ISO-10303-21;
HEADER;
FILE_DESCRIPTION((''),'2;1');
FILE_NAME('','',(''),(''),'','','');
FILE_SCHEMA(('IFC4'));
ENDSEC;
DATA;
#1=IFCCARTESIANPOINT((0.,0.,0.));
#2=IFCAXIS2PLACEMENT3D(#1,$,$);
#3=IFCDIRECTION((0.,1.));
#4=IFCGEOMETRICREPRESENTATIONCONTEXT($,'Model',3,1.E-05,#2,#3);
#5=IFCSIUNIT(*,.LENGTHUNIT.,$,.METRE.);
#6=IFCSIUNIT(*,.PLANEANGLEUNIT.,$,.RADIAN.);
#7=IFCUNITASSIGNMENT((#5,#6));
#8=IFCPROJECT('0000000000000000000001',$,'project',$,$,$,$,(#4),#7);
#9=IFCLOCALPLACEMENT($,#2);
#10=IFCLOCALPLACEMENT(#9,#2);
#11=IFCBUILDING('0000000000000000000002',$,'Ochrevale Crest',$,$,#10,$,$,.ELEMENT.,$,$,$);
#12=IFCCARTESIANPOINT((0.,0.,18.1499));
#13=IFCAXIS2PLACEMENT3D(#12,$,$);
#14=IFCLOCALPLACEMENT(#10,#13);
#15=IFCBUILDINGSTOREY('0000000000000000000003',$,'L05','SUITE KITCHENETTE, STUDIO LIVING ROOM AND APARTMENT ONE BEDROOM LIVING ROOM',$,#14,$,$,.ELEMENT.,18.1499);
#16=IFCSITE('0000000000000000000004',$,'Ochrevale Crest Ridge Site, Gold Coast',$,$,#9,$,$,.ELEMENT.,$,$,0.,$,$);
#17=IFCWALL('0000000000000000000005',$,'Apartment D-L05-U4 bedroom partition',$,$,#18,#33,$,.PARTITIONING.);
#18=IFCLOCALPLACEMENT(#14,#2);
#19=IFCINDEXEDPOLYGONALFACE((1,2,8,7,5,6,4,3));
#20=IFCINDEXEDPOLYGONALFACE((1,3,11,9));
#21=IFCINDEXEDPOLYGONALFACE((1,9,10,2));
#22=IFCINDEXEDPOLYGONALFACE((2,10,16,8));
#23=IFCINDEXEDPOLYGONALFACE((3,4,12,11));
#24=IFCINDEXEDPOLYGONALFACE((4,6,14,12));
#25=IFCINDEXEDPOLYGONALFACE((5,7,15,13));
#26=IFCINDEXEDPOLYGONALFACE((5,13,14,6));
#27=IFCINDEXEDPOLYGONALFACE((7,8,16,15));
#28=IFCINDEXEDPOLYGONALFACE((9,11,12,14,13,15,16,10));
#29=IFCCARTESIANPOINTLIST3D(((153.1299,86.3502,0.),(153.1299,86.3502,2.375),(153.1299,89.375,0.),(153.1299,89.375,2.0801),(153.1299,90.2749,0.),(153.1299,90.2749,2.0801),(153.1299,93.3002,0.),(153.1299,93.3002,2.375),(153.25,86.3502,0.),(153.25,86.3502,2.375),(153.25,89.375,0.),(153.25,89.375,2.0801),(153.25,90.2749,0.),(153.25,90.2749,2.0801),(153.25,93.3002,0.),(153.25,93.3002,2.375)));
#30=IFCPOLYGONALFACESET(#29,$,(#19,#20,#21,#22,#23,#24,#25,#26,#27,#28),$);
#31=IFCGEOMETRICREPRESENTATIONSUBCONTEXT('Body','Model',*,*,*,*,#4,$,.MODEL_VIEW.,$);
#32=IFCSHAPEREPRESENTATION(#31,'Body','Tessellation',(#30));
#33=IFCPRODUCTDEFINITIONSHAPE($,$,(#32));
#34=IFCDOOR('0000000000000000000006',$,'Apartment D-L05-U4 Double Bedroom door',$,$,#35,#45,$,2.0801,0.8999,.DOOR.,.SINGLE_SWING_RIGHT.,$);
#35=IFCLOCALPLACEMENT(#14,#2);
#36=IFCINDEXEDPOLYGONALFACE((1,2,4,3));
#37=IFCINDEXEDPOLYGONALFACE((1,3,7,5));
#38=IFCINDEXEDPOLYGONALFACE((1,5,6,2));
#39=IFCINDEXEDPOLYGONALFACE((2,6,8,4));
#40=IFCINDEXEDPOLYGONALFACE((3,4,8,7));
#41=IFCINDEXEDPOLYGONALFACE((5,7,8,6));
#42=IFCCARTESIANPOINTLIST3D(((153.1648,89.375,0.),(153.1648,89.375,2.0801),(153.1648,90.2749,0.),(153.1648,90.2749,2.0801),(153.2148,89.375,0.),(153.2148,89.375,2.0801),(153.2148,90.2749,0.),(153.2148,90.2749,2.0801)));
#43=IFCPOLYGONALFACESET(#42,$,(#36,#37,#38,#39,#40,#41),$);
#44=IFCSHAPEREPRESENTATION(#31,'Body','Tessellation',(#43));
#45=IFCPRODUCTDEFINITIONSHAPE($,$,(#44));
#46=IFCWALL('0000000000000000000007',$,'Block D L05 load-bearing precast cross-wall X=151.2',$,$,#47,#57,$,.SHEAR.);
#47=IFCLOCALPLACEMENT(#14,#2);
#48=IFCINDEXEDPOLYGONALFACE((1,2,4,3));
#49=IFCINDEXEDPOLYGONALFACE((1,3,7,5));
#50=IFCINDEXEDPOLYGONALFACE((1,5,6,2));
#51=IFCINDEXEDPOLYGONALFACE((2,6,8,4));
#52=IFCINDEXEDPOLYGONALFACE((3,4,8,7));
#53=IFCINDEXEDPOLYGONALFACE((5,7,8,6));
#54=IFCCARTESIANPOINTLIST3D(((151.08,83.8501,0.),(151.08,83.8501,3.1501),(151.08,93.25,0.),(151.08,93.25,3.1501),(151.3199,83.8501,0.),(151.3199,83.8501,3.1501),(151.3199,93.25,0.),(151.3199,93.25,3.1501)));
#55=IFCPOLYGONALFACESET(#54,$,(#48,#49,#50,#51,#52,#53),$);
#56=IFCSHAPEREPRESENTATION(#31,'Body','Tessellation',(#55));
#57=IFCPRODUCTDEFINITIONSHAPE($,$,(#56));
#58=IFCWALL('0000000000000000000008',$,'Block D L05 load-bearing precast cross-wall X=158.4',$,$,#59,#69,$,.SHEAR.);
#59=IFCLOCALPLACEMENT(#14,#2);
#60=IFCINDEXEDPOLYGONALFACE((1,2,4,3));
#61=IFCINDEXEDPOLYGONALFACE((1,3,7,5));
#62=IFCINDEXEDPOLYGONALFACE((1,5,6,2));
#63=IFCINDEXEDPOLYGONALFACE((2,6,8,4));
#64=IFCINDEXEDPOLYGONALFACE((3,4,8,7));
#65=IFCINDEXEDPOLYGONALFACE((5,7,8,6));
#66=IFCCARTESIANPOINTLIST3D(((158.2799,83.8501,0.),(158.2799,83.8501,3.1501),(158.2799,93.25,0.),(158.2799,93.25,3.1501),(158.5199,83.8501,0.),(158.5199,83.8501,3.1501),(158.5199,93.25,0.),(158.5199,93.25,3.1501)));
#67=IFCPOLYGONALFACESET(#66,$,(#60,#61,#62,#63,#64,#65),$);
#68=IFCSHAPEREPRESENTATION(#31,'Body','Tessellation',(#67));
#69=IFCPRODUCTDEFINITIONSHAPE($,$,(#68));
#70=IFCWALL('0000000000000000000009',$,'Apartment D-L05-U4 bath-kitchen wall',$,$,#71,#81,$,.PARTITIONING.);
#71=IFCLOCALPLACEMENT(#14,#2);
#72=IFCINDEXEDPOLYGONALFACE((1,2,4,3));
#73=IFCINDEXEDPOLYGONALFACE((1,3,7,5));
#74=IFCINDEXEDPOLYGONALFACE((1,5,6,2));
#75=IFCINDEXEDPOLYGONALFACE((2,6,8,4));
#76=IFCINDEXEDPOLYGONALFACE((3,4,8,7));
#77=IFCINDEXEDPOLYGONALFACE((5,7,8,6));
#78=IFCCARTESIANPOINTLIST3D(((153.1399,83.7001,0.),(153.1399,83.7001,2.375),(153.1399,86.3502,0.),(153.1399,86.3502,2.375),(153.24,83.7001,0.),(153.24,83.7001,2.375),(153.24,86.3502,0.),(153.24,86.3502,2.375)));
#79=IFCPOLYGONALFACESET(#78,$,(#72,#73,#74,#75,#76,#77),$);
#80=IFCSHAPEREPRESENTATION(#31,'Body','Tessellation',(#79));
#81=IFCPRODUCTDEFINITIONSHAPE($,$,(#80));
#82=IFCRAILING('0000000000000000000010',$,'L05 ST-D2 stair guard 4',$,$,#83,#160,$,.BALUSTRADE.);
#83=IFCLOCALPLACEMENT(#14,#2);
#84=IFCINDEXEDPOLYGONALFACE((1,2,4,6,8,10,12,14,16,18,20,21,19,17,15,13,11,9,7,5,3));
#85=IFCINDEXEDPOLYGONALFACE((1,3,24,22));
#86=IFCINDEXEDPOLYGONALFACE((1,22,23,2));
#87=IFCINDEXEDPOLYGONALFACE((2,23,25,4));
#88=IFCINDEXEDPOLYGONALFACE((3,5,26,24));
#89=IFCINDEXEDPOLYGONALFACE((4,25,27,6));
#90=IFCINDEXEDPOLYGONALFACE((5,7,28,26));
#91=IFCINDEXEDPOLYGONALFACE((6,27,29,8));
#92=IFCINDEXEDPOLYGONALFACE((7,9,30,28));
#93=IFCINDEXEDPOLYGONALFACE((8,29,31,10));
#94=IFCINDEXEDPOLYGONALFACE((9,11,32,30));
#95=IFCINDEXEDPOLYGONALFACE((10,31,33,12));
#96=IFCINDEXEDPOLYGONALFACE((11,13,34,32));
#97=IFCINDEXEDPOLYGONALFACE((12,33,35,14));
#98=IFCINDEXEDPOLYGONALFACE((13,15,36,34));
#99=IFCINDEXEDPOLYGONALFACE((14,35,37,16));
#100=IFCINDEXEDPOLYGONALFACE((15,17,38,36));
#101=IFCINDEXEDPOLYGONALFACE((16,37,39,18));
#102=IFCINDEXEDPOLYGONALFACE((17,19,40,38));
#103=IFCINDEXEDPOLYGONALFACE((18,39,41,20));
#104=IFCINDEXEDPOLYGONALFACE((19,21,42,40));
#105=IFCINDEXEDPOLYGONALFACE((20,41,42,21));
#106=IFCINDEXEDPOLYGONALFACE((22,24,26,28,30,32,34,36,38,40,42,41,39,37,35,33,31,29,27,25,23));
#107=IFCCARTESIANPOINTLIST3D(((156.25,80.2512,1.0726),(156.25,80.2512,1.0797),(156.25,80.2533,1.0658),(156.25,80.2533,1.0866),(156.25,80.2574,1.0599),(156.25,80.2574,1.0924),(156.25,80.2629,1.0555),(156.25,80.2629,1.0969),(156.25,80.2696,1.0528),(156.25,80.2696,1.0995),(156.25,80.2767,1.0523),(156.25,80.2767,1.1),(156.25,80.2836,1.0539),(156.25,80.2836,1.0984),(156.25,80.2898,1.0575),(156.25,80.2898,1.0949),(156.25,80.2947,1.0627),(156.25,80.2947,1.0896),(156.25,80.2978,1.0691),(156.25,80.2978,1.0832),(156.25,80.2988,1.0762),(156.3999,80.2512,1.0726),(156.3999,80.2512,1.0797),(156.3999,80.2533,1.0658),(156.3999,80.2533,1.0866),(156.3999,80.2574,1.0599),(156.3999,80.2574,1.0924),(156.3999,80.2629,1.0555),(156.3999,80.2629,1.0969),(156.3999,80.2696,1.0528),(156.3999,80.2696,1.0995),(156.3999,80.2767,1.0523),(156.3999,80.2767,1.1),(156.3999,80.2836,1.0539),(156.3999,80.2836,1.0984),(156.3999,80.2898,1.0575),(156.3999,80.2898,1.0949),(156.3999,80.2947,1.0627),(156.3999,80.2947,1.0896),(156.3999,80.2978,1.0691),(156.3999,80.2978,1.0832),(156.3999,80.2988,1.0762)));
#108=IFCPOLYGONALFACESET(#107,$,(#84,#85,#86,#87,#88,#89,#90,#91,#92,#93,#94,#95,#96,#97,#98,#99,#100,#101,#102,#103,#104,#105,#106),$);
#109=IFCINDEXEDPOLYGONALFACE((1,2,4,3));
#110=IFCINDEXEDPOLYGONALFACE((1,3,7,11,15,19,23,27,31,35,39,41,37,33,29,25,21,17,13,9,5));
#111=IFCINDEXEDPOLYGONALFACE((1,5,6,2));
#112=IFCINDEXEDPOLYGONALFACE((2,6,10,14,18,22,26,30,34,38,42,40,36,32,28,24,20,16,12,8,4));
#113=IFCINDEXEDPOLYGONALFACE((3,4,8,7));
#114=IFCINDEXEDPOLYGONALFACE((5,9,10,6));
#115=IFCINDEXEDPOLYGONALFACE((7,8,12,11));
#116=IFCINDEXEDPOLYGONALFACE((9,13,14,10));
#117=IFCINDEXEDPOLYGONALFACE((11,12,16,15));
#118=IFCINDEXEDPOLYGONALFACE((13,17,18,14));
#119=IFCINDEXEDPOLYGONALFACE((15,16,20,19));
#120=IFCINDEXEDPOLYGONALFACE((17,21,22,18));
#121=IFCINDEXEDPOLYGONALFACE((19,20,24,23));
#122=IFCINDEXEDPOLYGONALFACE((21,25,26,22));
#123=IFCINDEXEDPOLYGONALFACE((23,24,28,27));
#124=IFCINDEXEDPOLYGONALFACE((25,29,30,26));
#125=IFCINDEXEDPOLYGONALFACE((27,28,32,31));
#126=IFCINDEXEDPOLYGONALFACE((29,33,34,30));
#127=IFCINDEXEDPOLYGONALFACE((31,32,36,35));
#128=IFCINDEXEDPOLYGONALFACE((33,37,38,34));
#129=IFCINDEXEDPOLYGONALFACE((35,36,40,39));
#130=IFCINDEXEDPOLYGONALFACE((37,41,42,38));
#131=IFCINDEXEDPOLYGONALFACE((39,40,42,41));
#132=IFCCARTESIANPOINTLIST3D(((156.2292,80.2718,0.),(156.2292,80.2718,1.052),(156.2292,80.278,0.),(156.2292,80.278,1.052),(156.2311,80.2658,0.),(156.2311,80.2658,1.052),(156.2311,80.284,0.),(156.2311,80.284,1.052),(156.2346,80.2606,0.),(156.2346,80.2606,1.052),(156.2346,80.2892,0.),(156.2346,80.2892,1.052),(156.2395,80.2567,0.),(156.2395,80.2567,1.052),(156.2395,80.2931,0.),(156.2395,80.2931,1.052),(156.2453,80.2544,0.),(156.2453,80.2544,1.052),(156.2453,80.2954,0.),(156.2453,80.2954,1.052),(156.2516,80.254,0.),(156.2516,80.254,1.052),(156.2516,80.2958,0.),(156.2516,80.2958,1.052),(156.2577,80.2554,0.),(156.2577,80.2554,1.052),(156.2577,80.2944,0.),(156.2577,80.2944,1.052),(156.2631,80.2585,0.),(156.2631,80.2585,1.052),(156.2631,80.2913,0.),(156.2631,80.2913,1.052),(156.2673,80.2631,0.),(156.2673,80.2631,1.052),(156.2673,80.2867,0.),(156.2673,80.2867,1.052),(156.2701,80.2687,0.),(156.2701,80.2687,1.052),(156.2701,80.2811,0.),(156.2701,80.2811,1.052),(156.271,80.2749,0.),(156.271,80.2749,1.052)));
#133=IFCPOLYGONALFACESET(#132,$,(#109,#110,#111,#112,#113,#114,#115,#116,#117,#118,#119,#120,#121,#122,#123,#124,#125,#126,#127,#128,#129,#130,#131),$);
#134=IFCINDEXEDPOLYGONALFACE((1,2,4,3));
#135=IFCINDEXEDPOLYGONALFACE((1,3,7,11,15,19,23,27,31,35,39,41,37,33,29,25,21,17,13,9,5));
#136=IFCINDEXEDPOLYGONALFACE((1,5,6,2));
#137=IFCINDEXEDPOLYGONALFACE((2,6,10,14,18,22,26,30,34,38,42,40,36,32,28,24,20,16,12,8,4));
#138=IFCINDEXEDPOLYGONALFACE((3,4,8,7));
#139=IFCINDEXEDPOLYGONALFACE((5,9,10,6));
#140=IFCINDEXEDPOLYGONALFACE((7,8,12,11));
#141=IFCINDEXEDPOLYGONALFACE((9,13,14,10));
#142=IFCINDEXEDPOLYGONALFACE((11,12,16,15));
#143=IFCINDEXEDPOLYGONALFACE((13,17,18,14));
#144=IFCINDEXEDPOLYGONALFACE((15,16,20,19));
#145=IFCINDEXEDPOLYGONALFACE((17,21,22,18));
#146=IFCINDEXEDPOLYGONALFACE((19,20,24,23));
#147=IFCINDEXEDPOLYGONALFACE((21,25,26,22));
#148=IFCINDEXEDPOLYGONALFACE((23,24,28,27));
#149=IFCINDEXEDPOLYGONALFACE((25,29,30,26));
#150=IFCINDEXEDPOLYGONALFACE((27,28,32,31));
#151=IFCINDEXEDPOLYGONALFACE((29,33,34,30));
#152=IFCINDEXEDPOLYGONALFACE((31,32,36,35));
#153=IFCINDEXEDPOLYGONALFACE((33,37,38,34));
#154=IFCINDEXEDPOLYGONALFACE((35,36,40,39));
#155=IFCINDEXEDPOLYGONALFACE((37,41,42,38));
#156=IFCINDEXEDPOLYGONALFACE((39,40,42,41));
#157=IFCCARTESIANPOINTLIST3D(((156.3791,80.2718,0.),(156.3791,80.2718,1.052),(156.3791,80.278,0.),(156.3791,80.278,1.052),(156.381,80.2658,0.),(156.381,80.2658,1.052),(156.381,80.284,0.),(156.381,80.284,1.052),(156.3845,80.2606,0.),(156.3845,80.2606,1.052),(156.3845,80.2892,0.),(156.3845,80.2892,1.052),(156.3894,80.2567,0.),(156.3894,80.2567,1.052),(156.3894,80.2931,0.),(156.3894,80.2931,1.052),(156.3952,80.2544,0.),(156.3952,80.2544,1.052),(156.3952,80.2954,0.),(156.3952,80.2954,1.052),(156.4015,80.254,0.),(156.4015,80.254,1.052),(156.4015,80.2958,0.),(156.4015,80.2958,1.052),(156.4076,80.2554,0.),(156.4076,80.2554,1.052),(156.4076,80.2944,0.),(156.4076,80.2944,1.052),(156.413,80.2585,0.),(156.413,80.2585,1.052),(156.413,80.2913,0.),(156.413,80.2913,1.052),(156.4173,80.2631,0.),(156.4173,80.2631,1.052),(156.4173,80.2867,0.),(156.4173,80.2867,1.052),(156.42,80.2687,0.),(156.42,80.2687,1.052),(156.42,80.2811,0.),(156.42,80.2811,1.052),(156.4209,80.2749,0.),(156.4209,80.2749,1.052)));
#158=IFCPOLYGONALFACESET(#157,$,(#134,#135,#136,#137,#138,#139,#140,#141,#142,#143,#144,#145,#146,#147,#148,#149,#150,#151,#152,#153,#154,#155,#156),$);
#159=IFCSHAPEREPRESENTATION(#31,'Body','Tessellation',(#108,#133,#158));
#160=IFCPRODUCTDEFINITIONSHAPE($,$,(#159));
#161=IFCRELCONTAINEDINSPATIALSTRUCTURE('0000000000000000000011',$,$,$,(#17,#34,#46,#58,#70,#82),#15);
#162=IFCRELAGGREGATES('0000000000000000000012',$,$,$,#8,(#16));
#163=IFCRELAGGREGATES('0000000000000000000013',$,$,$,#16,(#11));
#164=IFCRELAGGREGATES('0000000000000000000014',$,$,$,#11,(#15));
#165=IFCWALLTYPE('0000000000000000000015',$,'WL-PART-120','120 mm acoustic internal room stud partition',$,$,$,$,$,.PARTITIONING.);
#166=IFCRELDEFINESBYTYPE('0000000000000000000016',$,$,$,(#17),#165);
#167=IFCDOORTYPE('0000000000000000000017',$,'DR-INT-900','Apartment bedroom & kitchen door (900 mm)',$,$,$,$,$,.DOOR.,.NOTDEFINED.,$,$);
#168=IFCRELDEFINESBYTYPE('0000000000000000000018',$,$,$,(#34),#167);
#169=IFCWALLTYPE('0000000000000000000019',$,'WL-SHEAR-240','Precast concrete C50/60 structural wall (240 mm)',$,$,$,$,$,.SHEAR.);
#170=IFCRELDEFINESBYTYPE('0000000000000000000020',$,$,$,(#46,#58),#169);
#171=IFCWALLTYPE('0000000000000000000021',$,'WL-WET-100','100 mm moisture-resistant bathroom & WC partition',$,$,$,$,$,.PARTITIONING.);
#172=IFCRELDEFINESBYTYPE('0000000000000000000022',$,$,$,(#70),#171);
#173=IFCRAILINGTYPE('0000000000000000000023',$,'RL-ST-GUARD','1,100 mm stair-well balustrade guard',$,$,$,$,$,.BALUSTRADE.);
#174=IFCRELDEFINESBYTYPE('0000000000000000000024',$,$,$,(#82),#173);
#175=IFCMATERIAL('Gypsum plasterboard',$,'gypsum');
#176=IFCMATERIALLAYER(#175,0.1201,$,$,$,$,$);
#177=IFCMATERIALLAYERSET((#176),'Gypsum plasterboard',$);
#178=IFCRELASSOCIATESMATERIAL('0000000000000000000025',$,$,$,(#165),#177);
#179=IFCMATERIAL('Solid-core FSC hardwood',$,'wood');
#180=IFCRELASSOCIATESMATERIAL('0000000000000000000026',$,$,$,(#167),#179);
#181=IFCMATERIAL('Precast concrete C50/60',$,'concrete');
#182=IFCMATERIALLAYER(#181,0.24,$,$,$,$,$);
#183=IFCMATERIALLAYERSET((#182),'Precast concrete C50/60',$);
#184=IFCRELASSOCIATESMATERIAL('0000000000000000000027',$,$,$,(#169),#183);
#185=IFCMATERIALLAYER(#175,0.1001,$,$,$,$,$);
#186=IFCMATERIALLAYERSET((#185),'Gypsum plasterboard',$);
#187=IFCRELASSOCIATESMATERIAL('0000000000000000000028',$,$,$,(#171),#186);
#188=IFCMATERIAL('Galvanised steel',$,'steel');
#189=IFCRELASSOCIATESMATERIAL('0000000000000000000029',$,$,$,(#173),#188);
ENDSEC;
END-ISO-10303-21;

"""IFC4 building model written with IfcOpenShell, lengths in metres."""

from ifc_helpers import new_model, si_unit, direction, frame, frame_2d, origin, origin_2d, place, context, subcontext, project, spatial, rectangle, circle, extrude, material, layer, layer_set, type_object, element, fill, save


model = new_model("IFC4")

# Units and contexts
model_context = context("Model", 3, precision=1e-05, world=origin(), true_north=direction((0.0, 1.0)))
body_context = subcontext(model_context, "Body", "Model", "MODEL_VIEW")
ifc_project = project(units=[si_unit("LENGTHUNIT", "METRE"), si_unit("PLANEANGLEUNIT", "RADIAN")], contexts=[model_context])

# Site, building, storey
site_placement = place(None, origin())
site = spatial("IfcSite", under=ifc_project, at=site_placement, Name="Ochrevale Crest Ridge Site, Gold Coast", CompositionType="ELEMENT", RefElevation=0.0)
building_placement = place(site_placement, origin())
building = spatial("IfcBuilding", under=site, at=building_placement, Name="Ochrevale Crest", CompositionType="ELEMENT")
storey_placement = place(building_placement, frame((0.0, 0.0, 18.1499)))
storey = spatial("IfcBuildingStorey", under=building, at=storey_placement, Name="L05", Description="SUITE KITCHENETTE, STUDIO LIVING ROOM AND APARTMENT ONE BEDROOM LIVING ROOM", CompositionType="ELEMENT", Elevation=18.1499)

# Shared definitions
ifc_material_1 = material(Name="Precast concrete C50/60", Category="concrete")

# Shared definitions
ifc_material_2 = material(Name="Gypsum plasterboard", Category="gypsum")
ifc_material_3 = material(Name="Solid-core FSC hardwood", Category="wood")

# Shared definitions
ifc_layer_1 = layer(ifc_material_2, 0.1201)
ifc_layer_set_1 = layer_set([ifc_layer_1], Name="Gypsum plasterboard")
wall_type_1 = type_object("IfcWallType", Name="WL-PART-120", Description="120 mm acoustic internal room stud partition", PredefinedType="PARTITIONING", material=ifc_layer_set_1)

# Shared definitions
door_type_1 = type_object("IfcDoorType", Name="DR-INT-900", Description="Apartment bedroom & kitchen door (900 mm)", OperationType="NOTDEFINED", PredefinedType="DOOR", material=ifc_material_3)

# Wall, opening, door
wall_1_placement = place(storey_placement, frame((153.1899, 86.3501, 0.0), z_axis=(0.0, 0.0, 1.0), x_axis=(0.0, 1.0, 0.0)))
wall_1 = element("IfcWall", 1, at=wall_1_placement, inside=storey, type_object=wall_type_1, Name="Apartment D-L05-U4 bedroom partition", PredefinedType="PARTITIONING", context=body_context, shape_type="SweptSolid", body=[
    extrude(rectangle(XDim=6.95, YDim=0.1201, at=frame_2d((3.4751, 0.0))), origin(), (0.0, 0.0, 1.0), 2.375),
])
opening_1_placement = place(wall_1_placement, frame((3.9248, 0.0, 0.0), z_axis=(0.0, 0.0, 1.0), x_axis=(-1.0, 0.0, 0.0)))
opening_1 = element("IfcOpeningElement", 2, at=opening_1_placement, cuts=wall_1, PredefinedType="OPENING", context=body_context, shape_type="SweptSolid", body=[
    extrude(rectangle(XDim=0.8999, YDim=2.0801, at=frame_2d((0.45, 1.04))), frame((0.0, 0.0701, 0.0), z_axis=(0.0, -1.0, 0.0), x_axis=(1.0, 0.0, 0.0)), (0.0, 0.0, 1.0), 0.1401),
])
door_1_placement = place(opening_1_placement, origin())
door_1 = element("IfcDoor", 3, at=door_1_placement, inside=storey, type_object=door_type_1, Name="Apartment D-L05-U4 Double Bedroom door", OperationType="SINGLE_SWING_RIGHT", OverallHeight=2.0801, OverallWidth=0.8999, PredefinedType="DOOR", context=body_context, shape_type="SweptSolid", body=[
    extrude(rectangle(XDim=0.8999, YDim=2.0801, at=frame_2d((0.45, 1.04))), frame((0.0, 0.0249, 0.0), z_axis=(0.0, -1.0, 0.0), x_axis=(1.0, 0.0, 0.0)), (0.0, 0.0, 1.0), 0.05),
])
fill(opening_1, door_1)

# Walls
ifc_layer_2 = layer(ifc_material_1, 0.24)
ifc_layer_set_2 = layer_set([ifc_layer_2], Name="Precast concrete C50/60")
wall_type_2 = type_object("IfcWallType", Name="WL-SHEAR-240", Description="Precast concrete C50/60 structural wall (240 mm)", PredefinedType="SHEAR", material=ifc_layer_set_2)
for number, where, z_axis, x_axis, name in (
    (4, (151.2, 83.8501, 0.0), (0.0, 0.0, 1.0), (0.0, 1.0, 0.0), "Block D L05 load-bearing precast cross-wall X=151.2"),
    (5, (158.3999, 83.8501, 0.0), (0.0, 0.0, 1.0), (0.0, 1.0, 0.0), "Block D L05 load-bearing precast cross-wall X=158.4"),
):
    element("IfcWall", number, at=place(storey_placement, frame(where, z_axis=z_axis, x_axis=x_axis)), inside=storey, type_object=wall_type_2, Name=name, PredefinedType="SHEAR", context=body_context, shape_type="SweptSolid", body=[
        extrude(rectangle(XDim=9.3999, YDim=0.24, at=frame_2d((4.7, 0.0))), origin(), (0.0, 0.0, 1.0), 3.1501),
    ])
ifc_layer_3 = layer(ifc_material_2, 0.1001)
ifc_layer_set_3 = layer_set([ifc_layer_3], Name="Gypsum plasterboard")
wall_type_3 = type_object("IfcWallType", Name="WL-WET-100", Description="100 mm moisture-resistant bathroom & WC partition", PredefinedType="PARTITIONING", material=ifc_layer_set_3)
wall_2_placement = place(storey_placement, frame((153.1899, 83.7, 0.0), z_axis=(0.0, 0.0, 1.0), x_axis=(0.0, 1.0, 0.0)))
element("IfcWall", 6, at=wall_2_placement, inside=storey, type_object=wall_type_3, Name="Apartment D-L05-U4 bath-kitchen wall", PredefinedType="PARTITIONING", context=body_context, shape_type="SweptSolid", body=[
    extrude(rectangle(XDim=2.6501, YDim=0.1001, at=frame_2d((1.3252, 0.0))), origin(), (0.0, 0.0, 1.0), 2.375),
])

# Railing
ifc_material_4 = material(Name="Galvanised steel", Category="steel")
railing_type = type_object("IfcRailingType", Name="RL-ST-GUARD", Description="1,100 mm stair-well balustrade guard", PredefinedType="BALUSTRADE", material=ifc_material_4)
railing_placement = place(storey_placement, frame((156.25, 80.2749, 0.0)))
element("IfcRailing", 7, at=railing_placement, inside=storey, type_object=railing_type, Name="L05 ST-D2 stair guard 4", PredefinedType="BALUSTRADE", context=body_context, shape_type="SweptSolid", body=[
    extrude(circle(Radius=0.0239, at=origin_2d()), frame((0.0, 0.0, 1.0762), z_axis=(1.0, 0.0, 0.0), x_axis=(0.0, 1.0, 0.0)), (0.0, 0.0, 1.0), 0.1499),
    extrude(circle(Radius=0.021, at=origin_2d()), origin(), (0.0, 0.0, 1.0), 1.052),
    extrude(circle(Radius=0.021, at=origin_2d()), frame((0.1499, 0.0, 0.0)), (0.0, 0.0, 1.0), 1.052),
])

save(model, "model.ifc")
